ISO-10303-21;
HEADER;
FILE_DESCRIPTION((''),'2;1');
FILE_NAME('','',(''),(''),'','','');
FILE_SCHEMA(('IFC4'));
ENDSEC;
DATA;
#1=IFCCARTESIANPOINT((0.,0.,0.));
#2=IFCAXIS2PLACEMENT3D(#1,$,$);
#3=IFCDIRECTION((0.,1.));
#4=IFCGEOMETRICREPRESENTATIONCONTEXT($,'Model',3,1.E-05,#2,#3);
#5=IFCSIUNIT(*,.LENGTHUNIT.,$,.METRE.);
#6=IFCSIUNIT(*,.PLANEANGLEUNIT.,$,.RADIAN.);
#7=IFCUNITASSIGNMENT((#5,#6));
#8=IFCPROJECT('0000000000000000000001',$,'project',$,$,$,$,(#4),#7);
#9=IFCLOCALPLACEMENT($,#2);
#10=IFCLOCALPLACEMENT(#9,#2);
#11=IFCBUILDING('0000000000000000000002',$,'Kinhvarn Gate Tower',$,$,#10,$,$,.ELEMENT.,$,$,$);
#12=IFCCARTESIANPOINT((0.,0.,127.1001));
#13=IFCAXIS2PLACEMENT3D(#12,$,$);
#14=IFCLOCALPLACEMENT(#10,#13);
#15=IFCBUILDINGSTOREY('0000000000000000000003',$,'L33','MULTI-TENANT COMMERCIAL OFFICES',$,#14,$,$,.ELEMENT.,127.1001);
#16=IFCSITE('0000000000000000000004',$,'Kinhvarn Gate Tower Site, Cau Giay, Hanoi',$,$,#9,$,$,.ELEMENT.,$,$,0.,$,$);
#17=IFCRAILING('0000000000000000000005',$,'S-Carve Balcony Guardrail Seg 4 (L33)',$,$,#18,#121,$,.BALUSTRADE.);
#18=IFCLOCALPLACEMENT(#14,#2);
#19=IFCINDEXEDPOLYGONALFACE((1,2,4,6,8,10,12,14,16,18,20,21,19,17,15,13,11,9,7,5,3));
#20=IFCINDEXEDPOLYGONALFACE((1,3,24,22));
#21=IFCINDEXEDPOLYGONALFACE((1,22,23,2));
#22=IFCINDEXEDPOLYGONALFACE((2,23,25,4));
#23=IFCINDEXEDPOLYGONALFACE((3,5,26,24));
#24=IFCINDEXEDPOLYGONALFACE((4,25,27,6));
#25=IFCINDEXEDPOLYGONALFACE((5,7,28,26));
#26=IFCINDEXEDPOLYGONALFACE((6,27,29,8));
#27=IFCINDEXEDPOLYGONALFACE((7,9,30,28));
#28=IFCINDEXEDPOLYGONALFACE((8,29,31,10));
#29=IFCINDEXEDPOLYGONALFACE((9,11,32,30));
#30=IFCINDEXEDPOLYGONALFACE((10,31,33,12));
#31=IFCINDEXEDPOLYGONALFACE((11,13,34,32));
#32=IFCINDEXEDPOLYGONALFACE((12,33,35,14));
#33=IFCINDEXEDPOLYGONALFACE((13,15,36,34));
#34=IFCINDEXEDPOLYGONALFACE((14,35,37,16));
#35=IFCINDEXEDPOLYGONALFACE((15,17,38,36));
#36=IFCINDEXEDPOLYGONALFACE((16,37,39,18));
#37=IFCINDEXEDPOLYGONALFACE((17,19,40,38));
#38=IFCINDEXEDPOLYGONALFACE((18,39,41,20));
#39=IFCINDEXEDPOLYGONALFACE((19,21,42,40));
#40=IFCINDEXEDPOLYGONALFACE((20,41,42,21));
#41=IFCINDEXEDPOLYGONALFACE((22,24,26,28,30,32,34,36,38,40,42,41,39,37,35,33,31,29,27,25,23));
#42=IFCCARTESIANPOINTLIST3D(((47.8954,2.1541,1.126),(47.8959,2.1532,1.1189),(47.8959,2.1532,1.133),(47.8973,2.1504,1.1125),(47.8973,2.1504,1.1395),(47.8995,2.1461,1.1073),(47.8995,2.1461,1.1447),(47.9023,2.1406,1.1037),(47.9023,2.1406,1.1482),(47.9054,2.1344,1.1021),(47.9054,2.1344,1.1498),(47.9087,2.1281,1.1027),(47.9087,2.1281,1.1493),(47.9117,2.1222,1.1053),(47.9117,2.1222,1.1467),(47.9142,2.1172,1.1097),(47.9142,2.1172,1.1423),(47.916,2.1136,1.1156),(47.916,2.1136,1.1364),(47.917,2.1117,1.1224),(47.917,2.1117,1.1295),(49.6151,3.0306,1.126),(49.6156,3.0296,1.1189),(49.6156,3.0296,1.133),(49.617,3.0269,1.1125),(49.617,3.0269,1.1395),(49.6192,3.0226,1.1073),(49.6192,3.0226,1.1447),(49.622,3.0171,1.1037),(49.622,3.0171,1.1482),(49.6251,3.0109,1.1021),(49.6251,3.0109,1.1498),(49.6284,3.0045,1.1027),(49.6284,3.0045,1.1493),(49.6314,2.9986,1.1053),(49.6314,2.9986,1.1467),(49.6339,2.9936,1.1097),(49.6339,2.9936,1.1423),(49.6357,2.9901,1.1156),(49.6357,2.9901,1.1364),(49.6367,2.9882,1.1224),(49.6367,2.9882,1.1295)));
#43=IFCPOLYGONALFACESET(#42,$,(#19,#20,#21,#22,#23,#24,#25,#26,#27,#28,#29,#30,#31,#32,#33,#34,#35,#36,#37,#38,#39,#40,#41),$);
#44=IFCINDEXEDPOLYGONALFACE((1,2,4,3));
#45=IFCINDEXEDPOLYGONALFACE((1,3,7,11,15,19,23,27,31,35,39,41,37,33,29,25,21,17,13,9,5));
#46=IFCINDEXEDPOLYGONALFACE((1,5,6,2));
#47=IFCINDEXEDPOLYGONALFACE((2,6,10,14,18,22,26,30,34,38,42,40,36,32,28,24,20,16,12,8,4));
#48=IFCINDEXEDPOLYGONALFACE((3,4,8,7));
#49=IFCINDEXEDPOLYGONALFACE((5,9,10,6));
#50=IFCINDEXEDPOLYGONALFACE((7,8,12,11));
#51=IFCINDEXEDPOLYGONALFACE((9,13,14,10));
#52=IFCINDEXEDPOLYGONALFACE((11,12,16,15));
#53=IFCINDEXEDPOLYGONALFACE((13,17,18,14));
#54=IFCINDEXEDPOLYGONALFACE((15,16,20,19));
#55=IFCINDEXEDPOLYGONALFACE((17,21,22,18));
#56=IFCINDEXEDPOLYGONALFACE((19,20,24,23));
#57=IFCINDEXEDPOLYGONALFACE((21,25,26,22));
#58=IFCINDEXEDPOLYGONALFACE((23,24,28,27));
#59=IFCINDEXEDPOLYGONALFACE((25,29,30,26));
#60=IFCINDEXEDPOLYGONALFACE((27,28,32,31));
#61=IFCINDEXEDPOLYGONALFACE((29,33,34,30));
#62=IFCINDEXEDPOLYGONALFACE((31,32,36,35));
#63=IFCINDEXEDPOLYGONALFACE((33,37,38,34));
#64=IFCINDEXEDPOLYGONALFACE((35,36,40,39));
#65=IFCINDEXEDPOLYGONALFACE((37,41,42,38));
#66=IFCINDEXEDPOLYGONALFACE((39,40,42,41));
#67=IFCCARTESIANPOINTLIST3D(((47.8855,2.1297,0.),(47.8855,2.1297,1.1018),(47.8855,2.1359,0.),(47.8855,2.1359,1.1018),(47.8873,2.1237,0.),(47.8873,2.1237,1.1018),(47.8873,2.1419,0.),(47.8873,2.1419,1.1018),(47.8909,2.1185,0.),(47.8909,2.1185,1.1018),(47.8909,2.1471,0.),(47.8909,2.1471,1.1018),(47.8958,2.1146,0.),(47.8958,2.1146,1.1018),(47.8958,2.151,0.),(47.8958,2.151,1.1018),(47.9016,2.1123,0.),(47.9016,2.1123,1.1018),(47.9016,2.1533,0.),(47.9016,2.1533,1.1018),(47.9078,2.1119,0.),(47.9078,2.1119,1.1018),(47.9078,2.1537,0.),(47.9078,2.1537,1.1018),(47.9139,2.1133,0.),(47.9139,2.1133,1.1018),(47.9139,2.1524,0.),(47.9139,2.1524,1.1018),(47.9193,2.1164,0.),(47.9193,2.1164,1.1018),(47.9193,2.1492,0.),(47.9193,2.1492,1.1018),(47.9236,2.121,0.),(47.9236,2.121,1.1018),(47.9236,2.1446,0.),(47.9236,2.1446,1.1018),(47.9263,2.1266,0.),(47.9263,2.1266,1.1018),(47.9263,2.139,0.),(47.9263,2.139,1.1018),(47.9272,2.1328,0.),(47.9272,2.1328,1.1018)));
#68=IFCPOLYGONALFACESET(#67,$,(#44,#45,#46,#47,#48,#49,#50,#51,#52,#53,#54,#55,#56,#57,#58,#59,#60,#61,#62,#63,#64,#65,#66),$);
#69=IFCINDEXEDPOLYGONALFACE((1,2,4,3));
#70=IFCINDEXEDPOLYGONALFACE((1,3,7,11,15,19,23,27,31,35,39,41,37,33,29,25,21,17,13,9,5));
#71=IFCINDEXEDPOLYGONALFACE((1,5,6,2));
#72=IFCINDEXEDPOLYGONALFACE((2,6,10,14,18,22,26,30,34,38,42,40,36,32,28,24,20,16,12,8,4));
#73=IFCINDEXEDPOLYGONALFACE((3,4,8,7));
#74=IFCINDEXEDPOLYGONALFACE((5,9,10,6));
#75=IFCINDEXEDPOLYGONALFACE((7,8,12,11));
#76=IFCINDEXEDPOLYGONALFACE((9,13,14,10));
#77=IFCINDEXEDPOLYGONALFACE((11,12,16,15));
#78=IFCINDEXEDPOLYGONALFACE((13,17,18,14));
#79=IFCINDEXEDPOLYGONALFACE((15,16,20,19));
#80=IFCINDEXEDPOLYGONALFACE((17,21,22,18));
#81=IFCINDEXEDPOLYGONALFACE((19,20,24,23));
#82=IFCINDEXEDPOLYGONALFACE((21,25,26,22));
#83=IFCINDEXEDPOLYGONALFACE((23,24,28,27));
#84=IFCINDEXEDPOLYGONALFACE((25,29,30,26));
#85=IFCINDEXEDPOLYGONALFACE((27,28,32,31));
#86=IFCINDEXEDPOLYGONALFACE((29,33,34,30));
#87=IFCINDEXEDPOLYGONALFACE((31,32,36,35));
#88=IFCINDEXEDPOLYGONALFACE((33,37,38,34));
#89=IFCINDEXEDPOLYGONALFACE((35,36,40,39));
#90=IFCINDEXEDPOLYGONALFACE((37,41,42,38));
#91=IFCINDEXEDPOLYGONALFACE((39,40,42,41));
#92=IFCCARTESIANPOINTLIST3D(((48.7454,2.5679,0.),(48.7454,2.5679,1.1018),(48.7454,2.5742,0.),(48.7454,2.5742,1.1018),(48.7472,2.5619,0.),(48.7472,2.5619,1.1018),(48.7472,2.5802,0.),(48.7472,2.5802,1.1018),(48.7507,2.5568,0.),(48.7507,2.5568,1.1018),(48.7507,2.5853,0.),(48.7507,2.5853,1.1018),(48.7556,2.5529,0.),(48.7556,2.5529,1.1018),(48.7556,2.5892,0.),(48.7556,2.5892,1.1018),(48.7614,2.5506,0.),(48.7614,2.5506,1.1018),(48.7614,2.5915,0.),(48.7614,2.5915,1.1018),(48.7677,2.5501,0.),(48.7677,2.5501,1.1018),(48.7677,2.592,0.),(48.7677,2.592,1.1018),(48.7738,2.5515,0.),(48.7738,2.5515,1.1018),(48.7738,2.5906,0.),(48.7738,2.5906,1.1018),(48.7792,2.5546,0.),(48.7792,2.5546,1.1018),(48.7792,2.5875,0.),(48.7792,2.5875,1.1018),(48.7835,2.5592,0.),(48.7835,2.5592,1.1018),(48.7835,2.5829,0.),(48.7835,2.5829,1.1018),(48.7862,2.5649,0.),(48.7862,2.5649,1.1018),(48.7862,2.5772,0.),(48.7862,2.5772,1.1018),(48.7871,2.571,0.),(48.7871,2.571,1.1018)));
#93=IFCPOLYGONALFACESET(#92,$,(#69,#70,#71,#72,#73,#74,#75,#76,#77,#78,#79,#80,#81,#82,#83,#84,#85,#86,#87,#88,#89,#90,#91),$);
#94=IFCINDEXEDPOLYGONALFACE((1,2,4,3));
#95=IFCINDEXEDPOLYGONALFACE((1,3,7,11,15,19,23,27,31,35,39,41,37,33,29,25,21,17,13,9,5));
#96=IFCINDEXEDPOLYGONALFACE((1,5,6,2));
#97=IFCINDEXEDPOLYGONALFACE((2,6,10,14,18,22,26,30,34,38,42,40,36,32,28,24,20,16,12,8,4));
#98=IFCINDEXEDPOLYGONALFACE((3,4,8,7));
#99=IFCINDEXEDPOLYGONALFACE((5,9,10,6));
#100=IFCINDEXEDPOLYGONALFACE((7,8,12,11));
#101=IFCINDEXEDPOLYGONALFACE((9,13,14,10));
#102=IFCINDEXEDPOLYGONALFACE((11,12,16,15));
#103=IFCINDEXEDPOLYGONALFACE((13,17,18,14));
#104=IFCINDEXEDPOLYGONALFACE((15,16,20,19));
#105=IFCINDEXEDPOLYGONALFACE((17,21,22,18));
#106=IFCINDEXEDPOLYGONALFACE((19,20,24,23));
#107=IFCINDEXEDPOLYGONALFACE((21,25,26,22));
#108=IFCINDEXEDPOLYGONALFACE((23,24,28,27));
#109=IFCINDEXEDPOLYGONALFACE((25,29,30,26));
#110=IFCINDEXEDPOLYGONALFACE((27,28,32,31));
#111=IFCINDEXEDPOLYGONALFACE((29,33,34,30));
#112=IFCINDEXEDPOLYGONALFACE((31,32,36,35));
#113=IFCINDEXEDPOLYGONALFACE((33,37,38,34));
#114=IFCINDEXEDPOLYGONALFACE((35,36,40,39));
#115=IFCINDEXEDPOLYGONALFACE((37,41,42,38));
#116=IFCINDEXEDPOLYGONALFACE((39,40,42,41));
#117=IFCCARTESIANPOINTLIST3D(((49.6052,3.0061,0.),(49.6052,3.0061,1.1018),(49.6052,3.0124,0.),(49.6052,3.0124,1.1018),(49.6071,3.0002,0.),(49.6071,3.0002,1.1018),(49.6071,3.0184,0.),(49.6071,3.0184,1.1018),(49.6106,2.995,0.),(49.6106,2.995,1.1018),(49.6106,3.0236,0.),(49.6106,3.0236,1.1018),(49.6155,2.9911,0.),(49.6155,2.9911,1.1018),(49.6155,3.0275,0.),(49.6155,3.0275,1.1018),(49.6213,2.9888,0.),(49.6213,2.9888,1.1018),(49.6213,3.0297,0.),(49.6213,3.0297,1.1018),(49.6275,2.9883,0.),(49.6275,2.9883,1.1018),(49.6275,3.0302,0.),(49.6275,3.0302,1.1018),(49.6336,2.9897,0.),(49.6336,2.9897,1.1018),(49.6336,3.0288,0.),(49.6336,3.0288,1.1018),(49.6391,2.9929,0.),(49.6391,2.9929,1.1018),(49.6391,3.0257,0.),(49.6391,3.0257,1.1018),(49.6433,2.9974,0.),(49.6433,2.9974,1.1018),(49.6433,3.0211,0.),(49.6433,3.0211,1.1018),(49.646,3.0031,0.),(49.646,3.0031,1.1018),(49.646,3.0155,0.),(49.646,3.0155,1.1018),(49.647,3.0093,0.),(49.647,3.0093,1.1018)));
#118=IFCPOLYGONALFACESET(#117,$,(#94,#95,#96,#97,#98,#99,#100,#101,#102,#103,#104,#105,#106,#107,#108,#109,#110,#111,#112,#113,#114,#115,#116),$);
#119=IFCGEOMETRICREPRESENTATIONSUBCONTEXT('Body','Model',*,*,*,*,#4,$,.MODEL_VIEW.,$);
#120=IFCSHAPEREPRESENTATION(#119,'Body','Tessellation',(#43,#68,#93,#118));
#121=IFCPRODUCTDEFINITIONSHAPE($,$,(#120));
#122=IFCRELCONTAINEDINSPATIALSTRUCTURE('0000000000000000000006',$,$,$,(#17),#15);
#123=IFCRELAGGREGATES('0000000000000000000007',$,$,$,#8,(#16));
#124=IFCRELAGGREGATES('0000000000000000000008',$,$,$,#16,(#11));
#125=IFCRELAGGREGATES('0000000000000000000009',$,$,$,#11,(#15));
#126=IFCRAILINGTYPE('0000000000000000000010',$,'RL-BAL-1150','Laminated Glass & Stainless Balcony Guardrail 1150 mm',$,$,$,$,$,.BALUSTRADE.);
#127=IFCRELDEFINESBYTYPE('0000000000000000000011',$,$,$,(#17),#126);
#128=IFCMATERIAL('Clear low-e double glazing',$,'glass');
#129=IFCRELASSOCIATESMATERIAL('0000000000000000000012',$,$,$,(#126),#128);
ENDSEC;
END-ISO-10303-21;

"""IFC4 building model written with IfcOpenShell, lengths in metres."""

from ifc_helpers import new_model, si_unit, direction, frame, origin, origin_2d, place, context, subcontext, project, spatial, circle, extrude, material, type_object, element, save


model = new_model("IFC4")

# Units and contexts
model_context = context("Model", 3, precision=1e-05, world=origin(), true_north=direction((0.0, 1.0)))
body_context = subcontext(model_context, "Body", "Model", "MODEL_VIEW")
ifc_project = project(units=[si_unit("LENGTHUNIT", "METRE"), si_unit("PLANEANGLEUNIT", "RADIAN")], contexts=[model_context])

# Site, building, storey
site_placement = place(None, origin())
site = spatial("IfcSite", under=ifc_project, at=site_placement, Name="Kinhvarn Gate Tower Site, Cau Giay, Hanoi", CompositionType="ELEMENT", RefElevation=0.0)
building_placement = place(site_placement, origin())
building = spatial("IfcBuilding", under=site, at=building_placement, Name="Kinhvarn Gate Tower", CompositionType="ELEMENT")
storey_placement = place(building_placement, frame((0.0, 0.0, 127.1001)))
storey = spatial("IfcBuildingStorey", under=building, at=storey_placement, Name="L33", Description="MULTI-TENANT COMMERCIAL OFFICES", CompositionType="ELEMENT", Elevation=127.1001)

# Shared definitions
ifc_material_1 = material(Name="Clear low-e double glazing", Category="glass")

# Railing
railing_type = type_object("IfcRailingType", Name="RL-BAL-1150", Description="Laminated Glass & Stainless Balcony Guardrail 1150 mm", PredefinedType="BALUSTRADE", material=ifc_material_1)
railing_1_placement = place(storey_placement, frame((47.9062, 2.1328, 0.0)))
element("IfcRailing", 1, at=railing_1_placement, inside=storey, type_object=railing_type, Name="S-Carve Balcony Guardrail Seg 4 (L33)", PredefinedType="BALUSTRADE", context=body_context, shape_type="SweptSolid", body=[
    extrude(circle(Radius=0.0239, at=origin_2d()), frame((0.0, 0.0, 1.126), z_axis=(0.89096, 0.454081, 0.0), x_axis=(-0.454081, 0.89096, 0.0)), (0.0, 0.0, 1.0), 1.9302),
    extrude(circle(Radius=0.021, at=origin_2d()), origin(), (0.0, 0.0, 1.0), 1.1018),
    extrude(circle(Radius=0.021, at=origin_2d()), frame((0.8599, 0.4382, 0.0)), (0.0, 0.0, 1.0), 1.1018),
    extrude(circle(Radius=0.021, at=origin_2d()), frame((1.7197, 0.8765, 0.0)), (0.0, 0.0, 1.0), 1.1018),
])

save(model, "model.ifc")
